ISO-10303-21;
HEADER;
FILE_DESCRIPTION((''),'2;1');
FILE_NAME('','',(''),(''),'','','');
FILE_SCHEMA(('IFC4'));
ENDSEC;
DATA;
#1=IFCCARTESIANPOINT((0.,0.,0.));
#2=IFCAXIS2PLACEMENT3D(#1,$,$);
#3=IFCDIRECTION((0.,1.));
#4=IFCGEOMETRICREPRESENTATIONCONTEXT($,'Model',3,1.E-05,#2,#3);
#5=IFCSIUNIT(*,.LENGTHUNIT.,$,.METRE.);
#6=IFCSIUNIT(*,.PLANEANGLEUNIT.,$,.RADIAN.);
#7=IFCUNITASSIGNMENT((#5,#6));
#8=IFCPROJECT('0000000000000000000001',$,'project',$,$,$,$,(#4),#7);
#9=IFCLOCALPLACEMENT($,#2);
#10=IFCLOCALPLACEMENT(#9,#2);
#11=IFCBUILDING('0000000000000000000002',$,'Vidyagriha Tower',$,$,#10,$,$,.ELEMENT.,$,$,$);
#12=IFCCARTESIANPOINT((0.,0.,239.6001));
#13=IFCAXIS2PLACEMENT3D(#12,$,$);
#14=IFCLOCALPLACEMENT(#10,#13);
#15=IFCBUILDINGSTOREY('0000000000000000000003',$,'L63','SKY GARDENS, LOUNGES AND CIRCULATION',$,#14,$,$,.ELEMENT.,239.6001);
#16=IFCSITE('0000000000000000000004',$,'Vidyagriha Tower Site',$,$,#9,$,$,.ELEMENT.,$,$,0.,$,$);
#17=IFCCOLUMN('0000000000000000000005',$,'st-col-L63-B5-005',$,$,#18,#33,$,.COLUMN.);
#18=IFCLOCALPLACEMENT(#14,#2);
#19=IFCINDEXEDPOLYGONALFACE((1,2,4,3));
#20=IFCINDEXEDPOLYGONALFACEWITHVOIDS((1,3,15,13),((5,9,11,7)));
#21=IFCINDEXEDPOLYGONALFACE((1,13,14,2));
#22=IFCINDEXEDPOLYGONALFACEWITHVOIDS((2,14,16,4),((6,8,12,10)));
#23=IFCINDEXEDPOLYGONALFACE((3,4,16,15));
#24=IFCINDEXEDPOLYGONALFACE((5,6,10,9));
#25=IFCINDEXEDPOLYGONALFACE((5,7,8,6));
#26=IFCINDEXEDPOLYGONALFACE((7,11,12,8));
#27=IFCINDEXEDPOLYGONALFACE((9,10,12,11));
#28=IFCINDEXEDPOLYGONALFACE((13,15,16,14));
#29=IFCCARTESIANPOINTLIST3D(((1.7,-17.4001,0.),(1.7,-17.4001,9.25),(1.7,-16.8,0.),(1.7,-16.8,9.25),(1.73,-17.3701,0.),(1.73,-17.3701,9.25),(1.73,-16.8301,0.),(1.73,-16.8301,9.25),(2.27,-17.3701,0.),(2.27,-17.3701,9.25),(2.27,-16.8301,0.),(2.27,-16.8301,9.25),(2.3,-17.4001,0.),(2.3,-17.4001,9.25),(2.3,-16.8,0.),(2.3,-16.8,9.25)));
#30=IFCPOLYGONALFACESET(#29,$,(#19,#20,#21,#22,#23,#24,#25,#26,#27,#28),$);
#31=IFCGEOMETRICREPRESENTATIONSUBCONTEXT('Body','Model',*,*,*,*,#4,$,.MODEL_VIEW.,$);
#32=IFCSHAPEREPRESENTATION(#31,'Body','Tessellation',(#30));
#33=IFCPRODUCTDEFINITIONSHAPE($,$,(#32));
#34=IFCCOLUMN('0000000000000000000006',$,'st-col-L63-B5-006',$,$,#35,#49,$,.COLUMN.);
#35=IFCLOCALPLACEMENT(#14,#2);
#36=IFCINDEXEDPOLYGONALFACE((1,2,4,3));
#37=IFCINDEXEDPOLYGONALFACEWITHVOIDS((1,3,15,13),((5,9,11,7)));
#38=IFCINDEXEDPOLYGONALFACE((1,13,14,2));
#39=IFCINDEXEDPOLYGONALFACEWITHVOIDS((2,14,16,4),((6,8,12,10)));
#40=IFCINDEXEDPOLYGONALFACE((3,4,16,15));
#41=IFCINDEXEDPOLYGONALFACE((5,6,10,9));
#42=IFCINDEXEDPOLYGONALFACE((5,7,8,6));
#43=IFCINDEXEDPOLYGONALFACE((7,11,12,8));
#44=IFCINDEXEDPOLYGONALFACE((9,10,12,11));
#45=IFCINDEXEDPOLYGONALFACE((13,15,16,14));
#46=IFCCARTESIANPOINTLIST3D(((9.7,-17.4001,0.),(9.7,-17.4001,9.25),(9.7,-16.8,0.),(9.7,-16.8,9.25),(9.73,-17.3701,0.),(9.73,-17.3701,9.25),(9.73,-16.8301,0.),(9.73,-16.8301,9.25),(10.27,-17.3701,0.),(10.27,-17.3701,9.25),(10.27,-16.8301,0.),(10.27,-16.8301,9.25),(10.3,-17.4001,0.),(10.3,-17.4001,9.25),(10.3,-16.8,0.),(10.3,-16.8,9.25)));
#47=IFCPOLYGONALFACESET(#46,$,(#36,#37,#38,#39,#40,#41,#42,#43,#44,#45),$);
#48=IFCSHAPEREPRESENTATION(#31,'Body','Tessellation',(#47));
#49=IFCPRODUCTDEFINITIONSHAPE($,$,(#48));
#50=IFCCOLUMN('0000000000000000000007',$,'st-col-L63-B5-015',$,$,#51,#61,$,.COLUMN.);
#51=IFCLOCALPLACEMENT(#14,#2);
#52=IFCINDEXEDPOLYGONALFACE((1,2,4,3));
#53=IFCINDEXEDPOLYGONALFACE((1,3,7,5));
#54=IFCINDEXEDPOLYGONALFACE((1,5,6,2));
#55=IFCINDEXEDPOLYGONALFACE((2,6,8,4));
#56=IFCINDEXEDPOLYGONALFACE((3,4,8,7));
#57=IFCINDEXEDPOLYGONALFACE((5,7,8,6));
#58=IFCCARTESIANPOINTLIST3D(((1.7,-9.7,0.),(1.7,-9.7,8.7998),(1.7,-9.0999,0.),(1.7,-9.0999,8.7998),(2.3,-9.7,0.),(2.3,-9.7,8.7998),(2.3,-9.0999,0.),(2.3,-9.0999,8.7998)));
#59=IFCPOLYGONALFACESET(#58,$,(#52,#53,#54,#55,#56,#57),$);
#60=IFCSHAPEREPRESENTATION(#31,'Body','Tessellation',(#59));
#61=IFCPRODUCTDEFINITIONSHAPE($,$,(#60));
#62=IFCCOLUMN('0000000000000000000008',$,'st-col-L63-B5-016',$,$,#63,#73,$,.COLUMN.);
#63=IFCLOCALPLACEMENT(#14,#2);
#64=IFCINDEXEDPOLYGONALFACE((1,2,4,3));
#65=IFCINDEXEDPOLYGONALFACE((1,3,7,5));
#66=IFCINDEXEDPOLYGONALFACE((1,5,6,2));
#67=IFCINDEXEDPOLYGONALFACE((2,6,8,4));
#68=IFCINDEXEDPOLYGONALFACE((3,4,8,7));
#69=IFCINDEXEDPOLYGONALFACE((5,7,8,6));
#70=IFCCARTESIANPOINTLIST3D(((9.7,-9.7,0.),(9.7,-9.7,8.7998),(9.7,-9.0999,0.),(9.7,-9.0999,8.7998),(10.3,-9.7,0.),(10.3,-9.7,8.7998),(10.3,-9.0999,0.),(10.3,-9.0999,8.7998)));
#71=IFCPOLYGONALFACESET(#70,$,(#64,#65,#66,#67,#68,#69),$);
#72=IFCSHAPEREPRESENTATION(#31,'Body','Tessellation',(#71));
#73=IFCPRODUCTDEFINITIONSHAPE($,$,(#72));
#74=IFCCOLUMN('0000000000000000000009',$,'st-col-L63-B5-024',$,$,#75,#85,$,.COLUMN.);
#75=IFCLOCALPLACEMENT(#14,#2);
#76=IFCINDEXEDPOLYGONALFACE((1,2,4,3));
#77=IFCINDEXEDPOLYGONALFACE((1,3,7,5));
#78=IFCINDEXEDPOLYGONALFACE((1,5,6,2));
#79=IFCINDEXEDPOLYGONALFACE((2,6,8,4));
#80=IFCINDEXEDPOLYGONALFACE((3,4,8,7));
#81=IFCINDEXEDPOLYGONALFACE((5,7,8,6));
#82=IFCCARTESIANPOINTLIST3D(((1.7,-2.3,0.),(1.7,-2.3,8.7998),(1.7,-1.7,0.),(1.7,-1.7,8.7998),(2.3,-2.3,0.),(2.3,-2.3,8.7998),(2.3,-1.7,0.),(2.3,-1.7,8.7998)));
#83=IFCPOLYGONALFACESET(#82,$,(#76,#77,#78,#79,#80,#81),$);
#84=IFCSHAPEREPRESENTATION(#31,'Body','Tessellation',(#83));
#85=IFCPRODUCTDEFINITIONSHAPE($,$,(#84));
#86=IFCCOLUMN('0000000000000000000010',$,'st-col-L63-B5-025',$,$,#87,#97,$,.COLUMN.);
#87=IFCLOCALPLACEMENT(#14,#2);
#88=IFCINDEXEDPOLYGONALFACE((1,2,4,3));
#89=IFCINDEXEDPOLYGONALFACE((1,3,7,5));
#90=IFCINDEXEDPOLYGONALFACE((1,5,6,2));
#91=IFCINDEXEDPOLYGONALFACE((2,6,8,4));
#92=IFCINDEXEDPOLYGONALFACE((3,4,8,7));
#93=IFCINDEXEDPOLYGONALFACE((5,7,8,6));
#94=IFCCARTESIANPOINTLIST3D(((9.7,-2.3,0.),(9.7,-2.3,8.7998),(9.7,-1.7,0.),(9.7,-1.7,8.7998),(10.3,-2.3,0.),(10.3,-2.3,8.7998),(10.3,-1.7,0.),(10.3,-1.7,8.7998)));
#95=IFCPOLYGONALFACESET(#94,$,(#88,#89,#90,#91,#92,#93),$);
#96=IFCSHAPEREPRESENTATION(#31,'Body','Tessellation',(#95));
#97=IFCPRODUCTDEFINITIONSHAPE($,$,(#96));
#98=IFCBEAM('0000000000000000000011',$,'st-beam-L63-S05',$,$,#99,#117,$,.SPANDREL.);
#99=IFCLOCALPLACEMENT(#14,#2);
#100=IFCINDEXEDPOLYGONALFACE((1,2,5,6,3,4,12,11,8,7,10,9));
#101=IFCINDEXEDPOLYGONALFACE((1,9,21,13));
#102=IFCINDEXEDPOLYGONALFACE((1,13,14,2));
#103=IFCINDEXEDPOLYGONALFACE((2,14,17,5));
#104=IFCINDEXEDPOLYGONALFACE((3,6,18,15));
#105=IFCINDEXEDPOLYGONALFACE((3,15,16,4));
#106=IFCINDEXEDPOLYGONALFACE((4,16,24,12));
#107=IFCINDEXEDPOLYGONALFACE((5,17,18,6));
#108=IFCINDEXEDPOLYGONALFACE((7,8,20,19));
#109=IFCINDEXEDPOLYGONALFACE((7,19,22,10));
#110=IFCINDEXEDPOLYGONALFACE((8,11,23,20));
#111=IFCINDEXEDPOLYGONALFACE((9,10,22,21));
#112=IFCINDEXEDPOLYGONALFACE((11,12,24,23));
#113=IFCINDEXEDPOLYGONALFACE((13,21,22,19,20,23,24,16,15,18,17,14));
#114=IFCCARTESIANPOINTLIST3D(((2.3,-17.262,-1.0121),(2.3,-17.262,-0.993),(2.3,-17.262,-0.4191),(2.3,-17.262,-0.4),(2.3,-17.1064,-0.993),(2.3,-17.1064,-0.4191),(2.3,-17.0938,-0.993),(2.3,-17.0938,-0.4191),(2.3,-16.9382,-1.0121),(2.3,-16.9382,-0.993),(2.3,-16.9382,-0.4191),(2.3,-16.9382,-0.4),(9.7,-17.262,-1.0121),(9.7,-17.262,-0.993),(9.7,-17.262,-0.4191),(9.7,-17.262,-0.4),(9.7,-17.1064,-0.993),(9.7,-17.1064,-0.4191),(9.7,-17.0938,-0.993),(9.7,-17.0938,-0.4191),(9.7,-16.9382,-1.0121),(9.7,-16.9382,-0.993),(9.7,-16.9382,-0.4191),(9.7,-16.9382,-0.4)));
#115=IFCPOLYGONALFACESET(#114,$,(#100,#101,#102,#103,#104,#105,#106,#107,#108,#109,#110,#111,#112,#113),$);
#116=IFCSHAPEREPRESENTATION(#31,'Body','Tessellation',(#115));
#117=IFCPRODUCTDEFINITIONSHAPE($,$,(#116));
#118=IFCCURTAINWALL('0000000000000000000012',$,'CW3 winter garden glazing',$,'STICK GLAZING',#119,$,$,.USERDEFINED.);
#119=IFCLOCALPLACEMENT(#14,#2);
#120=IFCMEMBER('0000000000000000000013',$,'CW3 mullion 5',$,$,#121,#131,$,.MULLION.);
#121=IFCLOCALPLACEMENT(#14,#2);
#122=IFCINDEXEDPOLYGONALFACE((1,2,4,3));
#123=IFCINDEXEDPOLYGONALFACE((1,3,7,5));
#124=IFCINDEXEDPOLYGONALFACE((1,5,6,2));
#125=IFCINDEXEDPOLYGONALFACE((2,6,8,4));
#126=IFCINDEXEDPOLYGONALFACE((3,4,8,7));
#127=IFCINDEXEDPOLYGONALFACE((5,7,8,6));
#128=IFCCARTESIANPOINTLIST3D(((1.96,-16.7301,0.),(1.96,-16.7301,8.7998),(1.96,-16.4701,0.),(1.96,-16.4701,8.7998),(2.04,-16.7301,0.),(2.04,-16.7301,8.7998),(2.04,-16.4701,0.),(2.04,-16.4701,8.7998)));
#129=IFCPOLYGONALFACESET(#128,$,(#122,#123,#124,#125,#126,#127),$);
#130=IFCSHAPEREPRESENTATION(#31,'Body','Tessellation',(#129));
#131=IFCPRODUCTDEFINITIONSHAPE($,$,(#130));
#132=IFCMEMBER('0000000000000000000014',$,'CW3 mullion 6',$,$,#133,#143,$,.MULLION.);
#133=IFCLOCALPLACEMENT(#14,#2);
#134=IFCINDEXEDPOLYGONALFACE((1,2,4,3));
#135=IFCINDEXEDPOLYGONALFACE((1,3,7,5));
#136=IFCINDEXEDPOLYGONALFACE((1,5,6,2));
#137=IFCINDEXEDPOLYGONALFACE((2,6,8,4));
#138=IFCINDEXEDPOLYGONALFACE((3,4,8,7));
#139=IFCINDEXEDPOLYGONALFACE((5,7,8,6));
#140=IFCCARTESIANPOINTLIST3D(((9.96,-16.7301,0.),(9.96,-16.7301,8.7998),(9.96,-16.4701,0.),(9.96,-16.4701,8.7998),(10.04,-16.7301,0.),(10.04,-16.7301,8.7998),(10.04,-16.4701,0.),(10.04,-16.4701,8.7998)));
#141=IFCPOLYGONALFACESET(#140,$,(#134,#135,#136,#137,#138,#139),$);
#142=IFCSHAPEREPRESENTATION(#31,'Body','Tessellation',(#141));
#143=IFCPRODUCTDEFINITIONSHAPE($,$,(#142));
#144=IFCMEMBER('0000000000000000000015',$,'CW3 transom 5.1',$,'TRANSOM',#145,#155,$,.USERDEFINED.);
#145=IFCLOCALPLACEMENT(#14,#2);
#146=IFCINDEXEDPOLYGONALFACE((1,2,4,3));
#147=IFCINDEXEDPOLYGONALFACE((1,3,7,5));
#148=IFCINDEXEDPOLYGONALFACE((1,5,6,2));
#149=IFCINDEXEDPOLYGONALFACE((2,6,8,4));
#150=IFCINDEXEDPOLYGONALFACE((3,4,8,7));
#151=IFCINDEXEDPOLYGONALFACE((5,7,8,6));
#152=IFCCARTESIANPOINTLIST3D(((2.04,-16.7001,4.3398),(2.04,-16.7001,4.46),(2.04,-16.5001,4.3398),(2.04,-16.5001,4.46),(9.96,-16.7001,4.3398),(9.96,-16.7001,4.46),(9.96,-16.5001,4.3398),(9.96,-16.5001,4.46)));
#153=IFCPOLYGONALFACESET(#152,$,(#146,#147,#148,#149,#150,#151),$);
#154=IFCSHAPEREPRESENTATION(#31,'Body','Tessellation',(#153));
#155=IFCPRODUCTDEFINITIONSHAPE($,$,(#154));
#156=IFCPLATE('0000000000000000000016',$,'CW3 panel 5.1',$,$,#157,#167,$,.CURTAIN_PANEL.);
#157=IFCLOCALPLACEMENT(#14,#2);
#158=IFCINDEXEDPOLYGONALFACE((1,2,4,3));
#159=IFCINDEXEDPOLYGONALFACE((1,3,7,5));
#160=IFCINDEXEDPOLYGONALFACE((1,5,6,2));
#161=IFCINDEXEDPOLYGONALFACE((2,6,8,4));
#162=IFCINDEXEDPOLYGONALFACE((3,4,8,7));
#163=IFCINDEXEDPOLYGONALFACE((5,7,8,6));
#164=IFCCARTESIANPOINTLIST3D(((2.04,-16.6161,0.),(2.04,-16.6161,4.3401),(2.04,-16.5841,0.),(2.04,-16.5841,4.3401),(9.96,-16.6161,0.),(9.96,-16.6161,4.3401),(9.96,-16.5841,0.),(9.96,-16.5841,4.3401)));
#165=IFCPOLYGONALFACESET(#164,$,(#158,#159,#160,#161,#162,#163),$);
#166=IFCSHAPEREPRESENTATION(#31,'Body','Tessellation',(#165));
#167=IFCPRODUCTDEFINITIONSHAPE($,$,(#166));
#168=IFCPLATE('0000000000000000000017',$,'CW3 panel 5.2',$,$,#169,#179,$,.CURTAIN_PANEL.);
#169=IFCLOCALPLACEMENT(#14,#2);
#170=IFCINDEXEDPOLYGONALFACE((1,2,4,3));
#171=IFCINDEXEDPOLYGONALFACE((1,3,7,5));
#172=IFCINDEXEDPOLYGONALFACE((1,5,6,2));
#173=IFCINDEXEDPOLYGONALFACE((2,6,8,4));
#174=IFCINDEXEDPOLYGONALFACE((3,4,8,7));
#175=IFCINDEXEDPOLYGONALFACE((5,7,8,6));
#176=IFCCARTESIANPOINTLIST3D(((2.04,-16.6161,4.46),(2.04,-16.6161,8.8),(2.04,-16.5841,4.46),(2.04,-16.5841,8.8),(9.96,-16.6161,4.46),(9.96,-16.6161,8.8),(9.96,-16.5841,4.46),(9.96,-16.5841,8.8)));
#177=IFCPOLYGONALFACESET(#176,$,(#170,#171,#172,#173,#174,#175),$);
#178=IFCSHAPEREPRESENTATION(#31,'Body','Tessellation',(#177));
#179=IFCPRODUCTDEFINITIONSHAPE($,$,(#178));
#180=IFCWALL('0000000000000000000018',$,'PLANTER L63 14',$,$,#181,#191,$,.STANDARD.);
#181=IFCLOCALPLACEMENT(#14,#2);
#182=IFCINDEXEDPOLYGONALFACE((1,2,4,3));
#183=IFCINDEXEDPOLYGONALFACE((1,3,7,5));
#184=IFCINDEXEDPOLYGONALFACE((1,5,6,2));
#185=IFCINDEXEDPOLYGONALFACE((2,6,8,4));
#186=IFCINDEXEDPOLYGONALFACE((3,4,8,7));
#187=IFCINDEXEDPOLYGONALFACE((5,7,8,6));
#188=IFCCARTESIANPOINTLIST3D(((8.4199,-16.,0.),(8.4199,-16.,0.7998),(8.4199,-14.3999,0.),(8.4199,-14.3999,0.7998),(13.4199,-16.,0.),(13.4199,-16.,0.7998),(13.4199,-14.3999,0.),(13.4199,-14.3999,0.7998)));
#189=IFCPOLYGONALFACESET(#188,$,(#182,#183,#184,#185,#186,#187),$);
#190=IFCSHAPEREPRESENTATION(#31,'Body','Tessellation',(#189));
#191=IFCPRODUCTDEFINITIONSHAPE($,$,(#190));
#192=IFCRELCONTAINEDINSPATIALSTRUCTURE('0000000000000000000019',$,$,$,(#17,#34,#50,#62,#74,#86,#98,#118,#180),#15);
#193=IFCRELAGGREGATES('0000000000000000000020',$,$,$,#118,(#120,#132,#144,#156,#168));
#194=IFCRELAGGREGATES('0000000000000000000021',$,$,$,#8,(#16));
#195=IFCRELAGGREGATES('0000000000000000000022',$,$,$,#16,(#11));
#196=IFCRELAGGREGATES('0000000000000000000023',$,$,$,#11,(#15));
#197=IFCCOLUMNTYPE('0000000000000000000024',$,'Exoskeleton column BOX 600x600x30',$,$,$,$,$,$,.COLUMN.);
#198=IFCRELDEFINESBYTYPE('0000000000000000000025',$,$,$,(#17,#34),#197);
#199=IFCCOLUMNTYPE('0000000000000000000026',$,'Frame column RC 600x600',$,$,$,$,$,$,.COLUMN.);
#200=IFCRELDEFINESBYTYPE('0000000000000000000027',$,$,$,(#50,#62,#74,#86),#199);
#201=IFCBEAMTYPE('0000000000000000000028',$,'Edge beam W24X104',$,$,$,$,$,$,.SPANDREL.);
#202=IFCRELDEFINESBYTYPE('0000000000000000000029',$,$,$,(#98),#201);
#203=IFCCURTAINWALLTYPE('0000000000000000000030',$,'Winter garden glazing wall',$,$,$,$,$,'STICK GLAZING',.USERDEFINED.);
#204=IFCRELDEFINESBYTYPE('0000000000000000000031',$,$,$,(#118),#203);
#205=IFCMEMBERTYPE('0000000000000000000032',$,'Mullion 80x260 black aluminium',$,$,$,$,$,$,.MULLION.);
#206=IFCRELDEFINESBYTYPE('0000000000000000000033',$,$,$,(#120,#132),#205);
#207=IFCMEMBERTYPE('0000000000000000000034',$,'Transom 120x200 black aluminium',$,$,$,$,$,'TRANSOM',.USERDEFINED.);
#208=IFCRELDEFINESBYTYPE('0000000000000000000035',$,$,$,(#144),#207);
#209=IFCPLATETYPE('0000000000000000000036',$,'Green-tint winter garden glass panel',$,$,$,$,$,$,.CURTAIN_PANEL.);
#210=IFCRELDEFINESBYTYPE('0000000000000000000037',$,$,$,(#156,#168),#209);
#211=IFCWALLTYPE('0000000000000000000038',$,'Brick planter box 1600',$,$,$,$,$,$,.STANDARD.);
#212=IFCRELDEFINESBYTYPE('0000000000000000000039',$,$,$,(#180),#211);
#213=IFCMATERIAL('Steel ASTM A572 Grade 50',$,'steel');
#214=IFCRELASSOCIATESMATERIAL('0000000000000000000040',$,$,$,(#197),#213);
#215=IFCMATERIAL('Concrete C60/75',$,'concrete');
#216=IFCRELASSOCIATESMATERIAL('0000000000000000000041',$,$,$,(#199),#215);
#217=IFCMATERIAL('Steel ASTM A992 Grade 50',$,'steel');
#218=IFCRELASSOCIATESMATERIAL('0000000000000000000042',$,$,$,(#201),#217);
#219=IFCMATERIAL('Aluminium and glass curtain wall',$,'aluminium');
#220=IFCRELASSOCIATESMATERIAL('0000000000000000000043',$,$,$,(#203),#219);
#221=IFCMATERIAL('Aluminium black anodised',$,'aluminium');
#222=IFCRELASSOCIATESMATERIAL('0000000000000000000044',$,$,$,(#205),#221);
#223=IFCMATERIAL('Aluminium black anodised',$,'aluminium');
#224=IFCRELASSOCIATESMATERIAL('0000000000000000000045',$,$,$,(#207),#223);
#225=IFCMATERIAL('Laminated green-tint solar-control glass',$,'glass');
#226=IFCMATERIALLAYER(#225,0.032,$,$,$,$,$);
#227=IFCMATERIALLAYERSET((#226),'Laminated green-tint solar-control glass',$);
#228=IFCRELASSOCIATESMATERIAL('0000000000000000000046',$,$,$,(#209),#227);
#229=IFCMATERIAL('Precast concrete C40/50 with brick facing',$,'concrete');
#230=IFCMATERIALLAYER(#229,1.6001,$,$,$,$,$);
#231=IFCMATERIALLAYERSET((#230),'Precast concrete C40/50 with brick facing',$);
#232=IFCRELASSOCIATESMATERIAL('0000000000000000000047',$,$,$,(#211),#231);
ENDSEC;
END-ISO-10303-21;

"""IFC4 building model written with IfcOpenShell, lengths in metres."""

from ifc_helpers import new_model, si_unit, direction, frame, frame_2d, origin, origin_2d, place, context, subcontext, project, spatial, rectangle, hollow_rectangle, i_section, extrude, material, layer, layer_set, material_profile, profile_set, type_object, element, aggregate, save


model = new_model("IFC4")

# Units and contexts
model_context = context("Model", 3, precision=1e-05, world=origin(), true_north=direction((0.0, 1.0)))
body_context = subcontext(model_context, "Body", "Model", "MODEL_VIEW")
ifc_project = project(units=[si_unit("LENGTHUNIT", "METRE"), si_unit("PLANEANGLEUNIT", "RADIAN")], contexts=[model_context])

# Site, building, storey
site_placement = place(None, origin())
site = spatial("IfcSite", under=ifc_project, at=site_placement, Name="Vidyagriha Tower Site", CompositionType="ELEMENT", RefElevation=0.0)
building_placement = place(site_placement, origin())
building = spatial("IfcBuilding", under=site, at=building_placement, Name="Vidyagriha Tower", CompositionType="ELEMENT")
storey_placement = place(building_placement, frame((0.0, 0.0, 239.6001)))
storey = spatial("IfcBuildingStorey", under=building, at=storey_placement, Name="L63", Description="SKY GARDENS, LOUNGES AND CIRCULATION", CompositionType="ELEMENT", Elevation=239.6001)

# Columns
ifc_material_1 = material(Name="Steel ASTM A572 Grade 50", Category="steel")
ifc_material_profile_1 = material_profile(ifc_material_1, hollow_rectangle(XDim=0.6001, YDim=0.6001, WallThickness=0.03, at=origin_2d()), Name="BOX 600x600x30")
ifc_profile_set_1 = profile_set([ifc_material_profile_1], Name="Steel ASTM A572 Grade 50")
column_type_1 = type_object("IfcColumnType", Name="Exoskeleton column BOX 600x600x30", PredefinedType="COLUMN", material=ifc_profile_set_1)
for number, where, name in (
    (1, (2.0, -17.1001, 0.0), "st-col-L63-B5-005"),
    (2, (10.0, -17.1001, 0.0), "st-col-L63-B5-006"),
):
    element("IfcColumn", number, at=place(storey_placement, frame(where)), inside=storey, type_object=column_type_1, Name=name, PredefinedType="COLUMN", context=body_context, shape_type="SweptSolid", body=[
        extrude(hollow_rectangle(XDim=0.6001, YDim=0.6001, WallThickness=0.03, at=origin_2d()), origin(), (0.0, 0.0, 1.0), 9.25),
    ])
ifc_material_2 = material(Name="Concrete C60/75", Category="concrete")
ifc_material_profile_2 = material_profile(ifc_material_2, rectangle(XDim=0.6001, YDim=0.6001, at=origin_2d()), Name="RC 600x600")
ifc_profile_set_2 = profile_set([ifc_material_profile_2], Name="Concrete C60/75")
column_type_2 = type_object("IfcColumnType", Name="Frame column RC 600x600", PredefinedType="COLUMN", material=ifc_profile_set_2)
for number, where, name in (
    (3, (2.0, -9.3999, 0.0), "st-col-L63-B5-015"),
    (4, (10.0, -9.3999, 0.0), "st-col-L63-B5-016"),
    (5, (2.0, -2.0, 0.0), "st-col-L63-B5-024"),
    (6, (10.0, -2.0, 0.0), "st-col-L63-B5-025"),
):
    element("IfcColumn", number, at=place(storey_placement, frame(where)), inside=storey, type_object=column_type_2, Name=name, PredefinedType="COLUMN", context=body_context, shape_type="SweptSolid", body=[
        extrude(rectangle(XDim=0.6001, YDim=0.6001, at=origin_2d()), origin(), (0.0, 0.0, 1.0), 8.7998),
    ])

# Beam
ifc_material_3 = material(Name="Steel ASTM A992 Grade 50", Category="steel")
ifc_material_profile_3 = material_profile(ifc_material_3, i_section(OverallWidth=0.3237, OverallDepth=0.6121, WebThickness=0.0127, FlangeThickness=0.019, at=origin_2d()), Name="W24X104")
ifc_profile_set_3 = profile_set([ifc_material_profile_3], Name="Steel ASTM A992 Grade 50")
beam_type = type_object("IfcBeamType", Name="Edge beam W24X104", PredefinedType="SPANDREL", material=ifc_profile_set_3)
beam_placement = place(storey_placement, frame((2.3, -17.1001, -0.7061), z_axis=(1.0, 0.0, 0.0), x_axis=(0.0, 1.0, 0.0)))
element("IfcBeam", 7, at=beam_placement, inside=storey, type_object=beam_type, Name="st-beam-L63-S05", PredefinedType="SPANDREL", context=body_context, shape_type="SweptSolid", body=[
    extrude(i_section(OverallWidth=0.3237, OverallDepth=0.6121, WebThickness=0.0127, FlangeThickness=0.019, at=origin_2d()), origin(), (0.0, 0.0, 1.0), 7.3999),
])

# Curtain wall, members, plates
ifc_material_4 = material(Name="Aluminium and glass curtain wall", Category="aluminium")
curtain_wall_type = type_object("IfcCurtainWallType", Name="Winter garden glazing wall", ElementType="STICK GLAZING", PredefinedType="USERDEFINED", material=ifc_material_4)
curtain_wall_placement = place(storey_placement, origin())
curtain_wall = element("IfcCurtainWall", 8, at=curtain_wall_placement, inside=storey, type_object=curtain_wall_type, Name="CW3 winter garden glazing", ObjectType="STICK GLAZING", PredefinedType="USERDEFINED")
ifc_material_5 = material(Name="Aluminium black anodised", Category="aluminium")
ifc_material_profile_4 = material_profile(ifc_material_5, rectangle(XDim=0.26, YDim=0.0801, at=origin_2d()), Name="Mullion 80x260 black aluminium")
ifc_profile_set_4 = profile_set([ifc_material_profile_4], Name="Aluminium black anodised")
member_type_1 = type_object("IfcMemberType", Name="Mullion 80x260 black aluminium", PredefinedType="MULLION", material=ifc_profile_set_4)
member_1_placement = place(storey_placement, frame((2.0, -16.6001, 0.0), z_axis=(0.0, 0.0, 1.0), x_axis=(0.0, 1.0, 0.0)))
member_1 = element("IfcMember", 9, at=member_1_placement, type_object=member_type_1, Name="CW3 mullion 5", PredefinedType="MULLION", context=body_context, shape_type="SweptSolid", body=[
    extrude(rectangle(XDim=0.26, YDim=0.0801, at=origin_2d()), origin(), (0.0, 0.0, 1.0), 8.7998),
])
member_2_placement = place(storey_placement, frame((10.0, -16.6001, 0.0), z_axis=(0.0, 0.0, 1.0), x_axis=(0.0, 1.0, 0.0)))
member_2 = element("IfcMember", 10, at=member_2_placement, type_object=member_type_1, Name="CW3 mullion 6", PredefinedType="MULLION", context=body_context, shape_type="SweptSolid", body=[
    extrude(rectangle(XDim=0.26, YDim=0.0801, at=origin_2d()), origin(), (0.0, 0.0, 1.0), 8.7998),
])
ifc_material_6 = material(Name="Aluminium black anodised", Category="aluminium")
ifc_material_profile_5 = material_profile(ifc_material_6, rectangle(XDim=0.2, YDim=0.1201, at=origin_2d()), Name="Transom 120x200 black aluminium")
ifc_profile_set_5 = profile_set([ifc_material_profile_5], Name="Aluminium black anodised")
member_type_2 = type_object("IfcMemberType", Name="Transom 120x200 black aluminium", ElementType="TRANSOM", PredefinedType="USERDEFINED", material=ifc_profile_set_5)
member_3_placement = place(storey_placement, frame((2.04, -16.6001, 4.3999), z_axis=(1.0, 0.0, 0.0), x_axis=(0.0, 1.0, 0.0)))
member_3 = element("IfcMember", 11, at=member_3_placement, type_object=member_type_2, Name="CW3 transom 5.1", ObjectType="TRANSOM", PredefinedType="USERDEFINED", context=body_context, shape_type="SweptSolid", body=[
    extrude(rectangle(XDim=0.2, YDim=0.1201, at=origin_2d()), origin(), (0.0, 0.0, 1.0), 7.9199),
])
ifc_material_7 = material(Name="Laminated green-tint solar-control glass", Category="glass")
ifc_layer_1 = layer(ifc_material_7, 0.032)
ifc_layer_set_1 = layer_set([ifc_layer_1], Name="Laminated green-tint solar-control glass")
plate_type = type_object("IfcPlateType", Name="Green-tint winter garden glass panel", PredefinedType="CURTAIN_PANEL", material=ifc_layer_set_1)
plate_1_placement = place(storey_placement, frame((6.0, -16.6001, 0.0)))
plate_1 = element("IfcPlate", 12, at=plate_1_placement, type_object=plate_type, Name="CW3 panel 5.1", PredefinedType="CURTAIN_PANEL", context=body_context, shape_type="SweptSolid", body=[
    extrude(rectangle(XDim=7.9199, YDim=0.032, at=origin_2d()), origin(), (0.0, 0.0, 1.0), 4.3401),
])
plate_2_placement = place(storey_placement, frame((6.0, -16.6001, 4.46)))
plate_2 = element("IfcPlate", 13, at=plate_2_placement, type_object=plate_type, Name="CW3 panel 5.2", PredefinedType="CURTAIN_PANEL", context=body_context, shape_type="SweptSolid", body=[
    extrude(rectangle(XDim=7.9199, YDim=0.032, at=origin_2d()), origin(), (0.0, 0.0, 1.0), 4.3401),
])
aggregate(curtain_wall, [member_1, member_2, member_3, plate_1, plate_2])

# Wall
ifc_material_8 = material(Name="Precast concrete C40/50 with brick facing", Category="concrete")
ifc_layer_2 = layer(ifc_material_8, 1.6001)
ifc_layer_set_2 = layer_set([ifc_layer_2], Name="Precast concrete C40/50 with brick facing")
wall_type_1 = type_object("IfcWallType", Name="Brick planter box 1600", PredefinedType="STANDARD", material=ifc_layer_set_2)
wall_1_placement = place(storey_placement, frame((8.4199, -15.2, 0.0)))
element("IfcWall", 14, at=wall_1_placement, inside=storey, type_object=wall_type_1, Name="PLANTER L63 14", PredefinedType="STANDARD", context=body_context, shape_type="SweptSolid", body=[
    extrude(rectangle(XDim=5.0, YDim=1.6001, at=frame_2d((2.5, 0.0))), origin(), (0.0, 0.0, 1.0), 0.7998),
])

save(model, "model.ifc")
